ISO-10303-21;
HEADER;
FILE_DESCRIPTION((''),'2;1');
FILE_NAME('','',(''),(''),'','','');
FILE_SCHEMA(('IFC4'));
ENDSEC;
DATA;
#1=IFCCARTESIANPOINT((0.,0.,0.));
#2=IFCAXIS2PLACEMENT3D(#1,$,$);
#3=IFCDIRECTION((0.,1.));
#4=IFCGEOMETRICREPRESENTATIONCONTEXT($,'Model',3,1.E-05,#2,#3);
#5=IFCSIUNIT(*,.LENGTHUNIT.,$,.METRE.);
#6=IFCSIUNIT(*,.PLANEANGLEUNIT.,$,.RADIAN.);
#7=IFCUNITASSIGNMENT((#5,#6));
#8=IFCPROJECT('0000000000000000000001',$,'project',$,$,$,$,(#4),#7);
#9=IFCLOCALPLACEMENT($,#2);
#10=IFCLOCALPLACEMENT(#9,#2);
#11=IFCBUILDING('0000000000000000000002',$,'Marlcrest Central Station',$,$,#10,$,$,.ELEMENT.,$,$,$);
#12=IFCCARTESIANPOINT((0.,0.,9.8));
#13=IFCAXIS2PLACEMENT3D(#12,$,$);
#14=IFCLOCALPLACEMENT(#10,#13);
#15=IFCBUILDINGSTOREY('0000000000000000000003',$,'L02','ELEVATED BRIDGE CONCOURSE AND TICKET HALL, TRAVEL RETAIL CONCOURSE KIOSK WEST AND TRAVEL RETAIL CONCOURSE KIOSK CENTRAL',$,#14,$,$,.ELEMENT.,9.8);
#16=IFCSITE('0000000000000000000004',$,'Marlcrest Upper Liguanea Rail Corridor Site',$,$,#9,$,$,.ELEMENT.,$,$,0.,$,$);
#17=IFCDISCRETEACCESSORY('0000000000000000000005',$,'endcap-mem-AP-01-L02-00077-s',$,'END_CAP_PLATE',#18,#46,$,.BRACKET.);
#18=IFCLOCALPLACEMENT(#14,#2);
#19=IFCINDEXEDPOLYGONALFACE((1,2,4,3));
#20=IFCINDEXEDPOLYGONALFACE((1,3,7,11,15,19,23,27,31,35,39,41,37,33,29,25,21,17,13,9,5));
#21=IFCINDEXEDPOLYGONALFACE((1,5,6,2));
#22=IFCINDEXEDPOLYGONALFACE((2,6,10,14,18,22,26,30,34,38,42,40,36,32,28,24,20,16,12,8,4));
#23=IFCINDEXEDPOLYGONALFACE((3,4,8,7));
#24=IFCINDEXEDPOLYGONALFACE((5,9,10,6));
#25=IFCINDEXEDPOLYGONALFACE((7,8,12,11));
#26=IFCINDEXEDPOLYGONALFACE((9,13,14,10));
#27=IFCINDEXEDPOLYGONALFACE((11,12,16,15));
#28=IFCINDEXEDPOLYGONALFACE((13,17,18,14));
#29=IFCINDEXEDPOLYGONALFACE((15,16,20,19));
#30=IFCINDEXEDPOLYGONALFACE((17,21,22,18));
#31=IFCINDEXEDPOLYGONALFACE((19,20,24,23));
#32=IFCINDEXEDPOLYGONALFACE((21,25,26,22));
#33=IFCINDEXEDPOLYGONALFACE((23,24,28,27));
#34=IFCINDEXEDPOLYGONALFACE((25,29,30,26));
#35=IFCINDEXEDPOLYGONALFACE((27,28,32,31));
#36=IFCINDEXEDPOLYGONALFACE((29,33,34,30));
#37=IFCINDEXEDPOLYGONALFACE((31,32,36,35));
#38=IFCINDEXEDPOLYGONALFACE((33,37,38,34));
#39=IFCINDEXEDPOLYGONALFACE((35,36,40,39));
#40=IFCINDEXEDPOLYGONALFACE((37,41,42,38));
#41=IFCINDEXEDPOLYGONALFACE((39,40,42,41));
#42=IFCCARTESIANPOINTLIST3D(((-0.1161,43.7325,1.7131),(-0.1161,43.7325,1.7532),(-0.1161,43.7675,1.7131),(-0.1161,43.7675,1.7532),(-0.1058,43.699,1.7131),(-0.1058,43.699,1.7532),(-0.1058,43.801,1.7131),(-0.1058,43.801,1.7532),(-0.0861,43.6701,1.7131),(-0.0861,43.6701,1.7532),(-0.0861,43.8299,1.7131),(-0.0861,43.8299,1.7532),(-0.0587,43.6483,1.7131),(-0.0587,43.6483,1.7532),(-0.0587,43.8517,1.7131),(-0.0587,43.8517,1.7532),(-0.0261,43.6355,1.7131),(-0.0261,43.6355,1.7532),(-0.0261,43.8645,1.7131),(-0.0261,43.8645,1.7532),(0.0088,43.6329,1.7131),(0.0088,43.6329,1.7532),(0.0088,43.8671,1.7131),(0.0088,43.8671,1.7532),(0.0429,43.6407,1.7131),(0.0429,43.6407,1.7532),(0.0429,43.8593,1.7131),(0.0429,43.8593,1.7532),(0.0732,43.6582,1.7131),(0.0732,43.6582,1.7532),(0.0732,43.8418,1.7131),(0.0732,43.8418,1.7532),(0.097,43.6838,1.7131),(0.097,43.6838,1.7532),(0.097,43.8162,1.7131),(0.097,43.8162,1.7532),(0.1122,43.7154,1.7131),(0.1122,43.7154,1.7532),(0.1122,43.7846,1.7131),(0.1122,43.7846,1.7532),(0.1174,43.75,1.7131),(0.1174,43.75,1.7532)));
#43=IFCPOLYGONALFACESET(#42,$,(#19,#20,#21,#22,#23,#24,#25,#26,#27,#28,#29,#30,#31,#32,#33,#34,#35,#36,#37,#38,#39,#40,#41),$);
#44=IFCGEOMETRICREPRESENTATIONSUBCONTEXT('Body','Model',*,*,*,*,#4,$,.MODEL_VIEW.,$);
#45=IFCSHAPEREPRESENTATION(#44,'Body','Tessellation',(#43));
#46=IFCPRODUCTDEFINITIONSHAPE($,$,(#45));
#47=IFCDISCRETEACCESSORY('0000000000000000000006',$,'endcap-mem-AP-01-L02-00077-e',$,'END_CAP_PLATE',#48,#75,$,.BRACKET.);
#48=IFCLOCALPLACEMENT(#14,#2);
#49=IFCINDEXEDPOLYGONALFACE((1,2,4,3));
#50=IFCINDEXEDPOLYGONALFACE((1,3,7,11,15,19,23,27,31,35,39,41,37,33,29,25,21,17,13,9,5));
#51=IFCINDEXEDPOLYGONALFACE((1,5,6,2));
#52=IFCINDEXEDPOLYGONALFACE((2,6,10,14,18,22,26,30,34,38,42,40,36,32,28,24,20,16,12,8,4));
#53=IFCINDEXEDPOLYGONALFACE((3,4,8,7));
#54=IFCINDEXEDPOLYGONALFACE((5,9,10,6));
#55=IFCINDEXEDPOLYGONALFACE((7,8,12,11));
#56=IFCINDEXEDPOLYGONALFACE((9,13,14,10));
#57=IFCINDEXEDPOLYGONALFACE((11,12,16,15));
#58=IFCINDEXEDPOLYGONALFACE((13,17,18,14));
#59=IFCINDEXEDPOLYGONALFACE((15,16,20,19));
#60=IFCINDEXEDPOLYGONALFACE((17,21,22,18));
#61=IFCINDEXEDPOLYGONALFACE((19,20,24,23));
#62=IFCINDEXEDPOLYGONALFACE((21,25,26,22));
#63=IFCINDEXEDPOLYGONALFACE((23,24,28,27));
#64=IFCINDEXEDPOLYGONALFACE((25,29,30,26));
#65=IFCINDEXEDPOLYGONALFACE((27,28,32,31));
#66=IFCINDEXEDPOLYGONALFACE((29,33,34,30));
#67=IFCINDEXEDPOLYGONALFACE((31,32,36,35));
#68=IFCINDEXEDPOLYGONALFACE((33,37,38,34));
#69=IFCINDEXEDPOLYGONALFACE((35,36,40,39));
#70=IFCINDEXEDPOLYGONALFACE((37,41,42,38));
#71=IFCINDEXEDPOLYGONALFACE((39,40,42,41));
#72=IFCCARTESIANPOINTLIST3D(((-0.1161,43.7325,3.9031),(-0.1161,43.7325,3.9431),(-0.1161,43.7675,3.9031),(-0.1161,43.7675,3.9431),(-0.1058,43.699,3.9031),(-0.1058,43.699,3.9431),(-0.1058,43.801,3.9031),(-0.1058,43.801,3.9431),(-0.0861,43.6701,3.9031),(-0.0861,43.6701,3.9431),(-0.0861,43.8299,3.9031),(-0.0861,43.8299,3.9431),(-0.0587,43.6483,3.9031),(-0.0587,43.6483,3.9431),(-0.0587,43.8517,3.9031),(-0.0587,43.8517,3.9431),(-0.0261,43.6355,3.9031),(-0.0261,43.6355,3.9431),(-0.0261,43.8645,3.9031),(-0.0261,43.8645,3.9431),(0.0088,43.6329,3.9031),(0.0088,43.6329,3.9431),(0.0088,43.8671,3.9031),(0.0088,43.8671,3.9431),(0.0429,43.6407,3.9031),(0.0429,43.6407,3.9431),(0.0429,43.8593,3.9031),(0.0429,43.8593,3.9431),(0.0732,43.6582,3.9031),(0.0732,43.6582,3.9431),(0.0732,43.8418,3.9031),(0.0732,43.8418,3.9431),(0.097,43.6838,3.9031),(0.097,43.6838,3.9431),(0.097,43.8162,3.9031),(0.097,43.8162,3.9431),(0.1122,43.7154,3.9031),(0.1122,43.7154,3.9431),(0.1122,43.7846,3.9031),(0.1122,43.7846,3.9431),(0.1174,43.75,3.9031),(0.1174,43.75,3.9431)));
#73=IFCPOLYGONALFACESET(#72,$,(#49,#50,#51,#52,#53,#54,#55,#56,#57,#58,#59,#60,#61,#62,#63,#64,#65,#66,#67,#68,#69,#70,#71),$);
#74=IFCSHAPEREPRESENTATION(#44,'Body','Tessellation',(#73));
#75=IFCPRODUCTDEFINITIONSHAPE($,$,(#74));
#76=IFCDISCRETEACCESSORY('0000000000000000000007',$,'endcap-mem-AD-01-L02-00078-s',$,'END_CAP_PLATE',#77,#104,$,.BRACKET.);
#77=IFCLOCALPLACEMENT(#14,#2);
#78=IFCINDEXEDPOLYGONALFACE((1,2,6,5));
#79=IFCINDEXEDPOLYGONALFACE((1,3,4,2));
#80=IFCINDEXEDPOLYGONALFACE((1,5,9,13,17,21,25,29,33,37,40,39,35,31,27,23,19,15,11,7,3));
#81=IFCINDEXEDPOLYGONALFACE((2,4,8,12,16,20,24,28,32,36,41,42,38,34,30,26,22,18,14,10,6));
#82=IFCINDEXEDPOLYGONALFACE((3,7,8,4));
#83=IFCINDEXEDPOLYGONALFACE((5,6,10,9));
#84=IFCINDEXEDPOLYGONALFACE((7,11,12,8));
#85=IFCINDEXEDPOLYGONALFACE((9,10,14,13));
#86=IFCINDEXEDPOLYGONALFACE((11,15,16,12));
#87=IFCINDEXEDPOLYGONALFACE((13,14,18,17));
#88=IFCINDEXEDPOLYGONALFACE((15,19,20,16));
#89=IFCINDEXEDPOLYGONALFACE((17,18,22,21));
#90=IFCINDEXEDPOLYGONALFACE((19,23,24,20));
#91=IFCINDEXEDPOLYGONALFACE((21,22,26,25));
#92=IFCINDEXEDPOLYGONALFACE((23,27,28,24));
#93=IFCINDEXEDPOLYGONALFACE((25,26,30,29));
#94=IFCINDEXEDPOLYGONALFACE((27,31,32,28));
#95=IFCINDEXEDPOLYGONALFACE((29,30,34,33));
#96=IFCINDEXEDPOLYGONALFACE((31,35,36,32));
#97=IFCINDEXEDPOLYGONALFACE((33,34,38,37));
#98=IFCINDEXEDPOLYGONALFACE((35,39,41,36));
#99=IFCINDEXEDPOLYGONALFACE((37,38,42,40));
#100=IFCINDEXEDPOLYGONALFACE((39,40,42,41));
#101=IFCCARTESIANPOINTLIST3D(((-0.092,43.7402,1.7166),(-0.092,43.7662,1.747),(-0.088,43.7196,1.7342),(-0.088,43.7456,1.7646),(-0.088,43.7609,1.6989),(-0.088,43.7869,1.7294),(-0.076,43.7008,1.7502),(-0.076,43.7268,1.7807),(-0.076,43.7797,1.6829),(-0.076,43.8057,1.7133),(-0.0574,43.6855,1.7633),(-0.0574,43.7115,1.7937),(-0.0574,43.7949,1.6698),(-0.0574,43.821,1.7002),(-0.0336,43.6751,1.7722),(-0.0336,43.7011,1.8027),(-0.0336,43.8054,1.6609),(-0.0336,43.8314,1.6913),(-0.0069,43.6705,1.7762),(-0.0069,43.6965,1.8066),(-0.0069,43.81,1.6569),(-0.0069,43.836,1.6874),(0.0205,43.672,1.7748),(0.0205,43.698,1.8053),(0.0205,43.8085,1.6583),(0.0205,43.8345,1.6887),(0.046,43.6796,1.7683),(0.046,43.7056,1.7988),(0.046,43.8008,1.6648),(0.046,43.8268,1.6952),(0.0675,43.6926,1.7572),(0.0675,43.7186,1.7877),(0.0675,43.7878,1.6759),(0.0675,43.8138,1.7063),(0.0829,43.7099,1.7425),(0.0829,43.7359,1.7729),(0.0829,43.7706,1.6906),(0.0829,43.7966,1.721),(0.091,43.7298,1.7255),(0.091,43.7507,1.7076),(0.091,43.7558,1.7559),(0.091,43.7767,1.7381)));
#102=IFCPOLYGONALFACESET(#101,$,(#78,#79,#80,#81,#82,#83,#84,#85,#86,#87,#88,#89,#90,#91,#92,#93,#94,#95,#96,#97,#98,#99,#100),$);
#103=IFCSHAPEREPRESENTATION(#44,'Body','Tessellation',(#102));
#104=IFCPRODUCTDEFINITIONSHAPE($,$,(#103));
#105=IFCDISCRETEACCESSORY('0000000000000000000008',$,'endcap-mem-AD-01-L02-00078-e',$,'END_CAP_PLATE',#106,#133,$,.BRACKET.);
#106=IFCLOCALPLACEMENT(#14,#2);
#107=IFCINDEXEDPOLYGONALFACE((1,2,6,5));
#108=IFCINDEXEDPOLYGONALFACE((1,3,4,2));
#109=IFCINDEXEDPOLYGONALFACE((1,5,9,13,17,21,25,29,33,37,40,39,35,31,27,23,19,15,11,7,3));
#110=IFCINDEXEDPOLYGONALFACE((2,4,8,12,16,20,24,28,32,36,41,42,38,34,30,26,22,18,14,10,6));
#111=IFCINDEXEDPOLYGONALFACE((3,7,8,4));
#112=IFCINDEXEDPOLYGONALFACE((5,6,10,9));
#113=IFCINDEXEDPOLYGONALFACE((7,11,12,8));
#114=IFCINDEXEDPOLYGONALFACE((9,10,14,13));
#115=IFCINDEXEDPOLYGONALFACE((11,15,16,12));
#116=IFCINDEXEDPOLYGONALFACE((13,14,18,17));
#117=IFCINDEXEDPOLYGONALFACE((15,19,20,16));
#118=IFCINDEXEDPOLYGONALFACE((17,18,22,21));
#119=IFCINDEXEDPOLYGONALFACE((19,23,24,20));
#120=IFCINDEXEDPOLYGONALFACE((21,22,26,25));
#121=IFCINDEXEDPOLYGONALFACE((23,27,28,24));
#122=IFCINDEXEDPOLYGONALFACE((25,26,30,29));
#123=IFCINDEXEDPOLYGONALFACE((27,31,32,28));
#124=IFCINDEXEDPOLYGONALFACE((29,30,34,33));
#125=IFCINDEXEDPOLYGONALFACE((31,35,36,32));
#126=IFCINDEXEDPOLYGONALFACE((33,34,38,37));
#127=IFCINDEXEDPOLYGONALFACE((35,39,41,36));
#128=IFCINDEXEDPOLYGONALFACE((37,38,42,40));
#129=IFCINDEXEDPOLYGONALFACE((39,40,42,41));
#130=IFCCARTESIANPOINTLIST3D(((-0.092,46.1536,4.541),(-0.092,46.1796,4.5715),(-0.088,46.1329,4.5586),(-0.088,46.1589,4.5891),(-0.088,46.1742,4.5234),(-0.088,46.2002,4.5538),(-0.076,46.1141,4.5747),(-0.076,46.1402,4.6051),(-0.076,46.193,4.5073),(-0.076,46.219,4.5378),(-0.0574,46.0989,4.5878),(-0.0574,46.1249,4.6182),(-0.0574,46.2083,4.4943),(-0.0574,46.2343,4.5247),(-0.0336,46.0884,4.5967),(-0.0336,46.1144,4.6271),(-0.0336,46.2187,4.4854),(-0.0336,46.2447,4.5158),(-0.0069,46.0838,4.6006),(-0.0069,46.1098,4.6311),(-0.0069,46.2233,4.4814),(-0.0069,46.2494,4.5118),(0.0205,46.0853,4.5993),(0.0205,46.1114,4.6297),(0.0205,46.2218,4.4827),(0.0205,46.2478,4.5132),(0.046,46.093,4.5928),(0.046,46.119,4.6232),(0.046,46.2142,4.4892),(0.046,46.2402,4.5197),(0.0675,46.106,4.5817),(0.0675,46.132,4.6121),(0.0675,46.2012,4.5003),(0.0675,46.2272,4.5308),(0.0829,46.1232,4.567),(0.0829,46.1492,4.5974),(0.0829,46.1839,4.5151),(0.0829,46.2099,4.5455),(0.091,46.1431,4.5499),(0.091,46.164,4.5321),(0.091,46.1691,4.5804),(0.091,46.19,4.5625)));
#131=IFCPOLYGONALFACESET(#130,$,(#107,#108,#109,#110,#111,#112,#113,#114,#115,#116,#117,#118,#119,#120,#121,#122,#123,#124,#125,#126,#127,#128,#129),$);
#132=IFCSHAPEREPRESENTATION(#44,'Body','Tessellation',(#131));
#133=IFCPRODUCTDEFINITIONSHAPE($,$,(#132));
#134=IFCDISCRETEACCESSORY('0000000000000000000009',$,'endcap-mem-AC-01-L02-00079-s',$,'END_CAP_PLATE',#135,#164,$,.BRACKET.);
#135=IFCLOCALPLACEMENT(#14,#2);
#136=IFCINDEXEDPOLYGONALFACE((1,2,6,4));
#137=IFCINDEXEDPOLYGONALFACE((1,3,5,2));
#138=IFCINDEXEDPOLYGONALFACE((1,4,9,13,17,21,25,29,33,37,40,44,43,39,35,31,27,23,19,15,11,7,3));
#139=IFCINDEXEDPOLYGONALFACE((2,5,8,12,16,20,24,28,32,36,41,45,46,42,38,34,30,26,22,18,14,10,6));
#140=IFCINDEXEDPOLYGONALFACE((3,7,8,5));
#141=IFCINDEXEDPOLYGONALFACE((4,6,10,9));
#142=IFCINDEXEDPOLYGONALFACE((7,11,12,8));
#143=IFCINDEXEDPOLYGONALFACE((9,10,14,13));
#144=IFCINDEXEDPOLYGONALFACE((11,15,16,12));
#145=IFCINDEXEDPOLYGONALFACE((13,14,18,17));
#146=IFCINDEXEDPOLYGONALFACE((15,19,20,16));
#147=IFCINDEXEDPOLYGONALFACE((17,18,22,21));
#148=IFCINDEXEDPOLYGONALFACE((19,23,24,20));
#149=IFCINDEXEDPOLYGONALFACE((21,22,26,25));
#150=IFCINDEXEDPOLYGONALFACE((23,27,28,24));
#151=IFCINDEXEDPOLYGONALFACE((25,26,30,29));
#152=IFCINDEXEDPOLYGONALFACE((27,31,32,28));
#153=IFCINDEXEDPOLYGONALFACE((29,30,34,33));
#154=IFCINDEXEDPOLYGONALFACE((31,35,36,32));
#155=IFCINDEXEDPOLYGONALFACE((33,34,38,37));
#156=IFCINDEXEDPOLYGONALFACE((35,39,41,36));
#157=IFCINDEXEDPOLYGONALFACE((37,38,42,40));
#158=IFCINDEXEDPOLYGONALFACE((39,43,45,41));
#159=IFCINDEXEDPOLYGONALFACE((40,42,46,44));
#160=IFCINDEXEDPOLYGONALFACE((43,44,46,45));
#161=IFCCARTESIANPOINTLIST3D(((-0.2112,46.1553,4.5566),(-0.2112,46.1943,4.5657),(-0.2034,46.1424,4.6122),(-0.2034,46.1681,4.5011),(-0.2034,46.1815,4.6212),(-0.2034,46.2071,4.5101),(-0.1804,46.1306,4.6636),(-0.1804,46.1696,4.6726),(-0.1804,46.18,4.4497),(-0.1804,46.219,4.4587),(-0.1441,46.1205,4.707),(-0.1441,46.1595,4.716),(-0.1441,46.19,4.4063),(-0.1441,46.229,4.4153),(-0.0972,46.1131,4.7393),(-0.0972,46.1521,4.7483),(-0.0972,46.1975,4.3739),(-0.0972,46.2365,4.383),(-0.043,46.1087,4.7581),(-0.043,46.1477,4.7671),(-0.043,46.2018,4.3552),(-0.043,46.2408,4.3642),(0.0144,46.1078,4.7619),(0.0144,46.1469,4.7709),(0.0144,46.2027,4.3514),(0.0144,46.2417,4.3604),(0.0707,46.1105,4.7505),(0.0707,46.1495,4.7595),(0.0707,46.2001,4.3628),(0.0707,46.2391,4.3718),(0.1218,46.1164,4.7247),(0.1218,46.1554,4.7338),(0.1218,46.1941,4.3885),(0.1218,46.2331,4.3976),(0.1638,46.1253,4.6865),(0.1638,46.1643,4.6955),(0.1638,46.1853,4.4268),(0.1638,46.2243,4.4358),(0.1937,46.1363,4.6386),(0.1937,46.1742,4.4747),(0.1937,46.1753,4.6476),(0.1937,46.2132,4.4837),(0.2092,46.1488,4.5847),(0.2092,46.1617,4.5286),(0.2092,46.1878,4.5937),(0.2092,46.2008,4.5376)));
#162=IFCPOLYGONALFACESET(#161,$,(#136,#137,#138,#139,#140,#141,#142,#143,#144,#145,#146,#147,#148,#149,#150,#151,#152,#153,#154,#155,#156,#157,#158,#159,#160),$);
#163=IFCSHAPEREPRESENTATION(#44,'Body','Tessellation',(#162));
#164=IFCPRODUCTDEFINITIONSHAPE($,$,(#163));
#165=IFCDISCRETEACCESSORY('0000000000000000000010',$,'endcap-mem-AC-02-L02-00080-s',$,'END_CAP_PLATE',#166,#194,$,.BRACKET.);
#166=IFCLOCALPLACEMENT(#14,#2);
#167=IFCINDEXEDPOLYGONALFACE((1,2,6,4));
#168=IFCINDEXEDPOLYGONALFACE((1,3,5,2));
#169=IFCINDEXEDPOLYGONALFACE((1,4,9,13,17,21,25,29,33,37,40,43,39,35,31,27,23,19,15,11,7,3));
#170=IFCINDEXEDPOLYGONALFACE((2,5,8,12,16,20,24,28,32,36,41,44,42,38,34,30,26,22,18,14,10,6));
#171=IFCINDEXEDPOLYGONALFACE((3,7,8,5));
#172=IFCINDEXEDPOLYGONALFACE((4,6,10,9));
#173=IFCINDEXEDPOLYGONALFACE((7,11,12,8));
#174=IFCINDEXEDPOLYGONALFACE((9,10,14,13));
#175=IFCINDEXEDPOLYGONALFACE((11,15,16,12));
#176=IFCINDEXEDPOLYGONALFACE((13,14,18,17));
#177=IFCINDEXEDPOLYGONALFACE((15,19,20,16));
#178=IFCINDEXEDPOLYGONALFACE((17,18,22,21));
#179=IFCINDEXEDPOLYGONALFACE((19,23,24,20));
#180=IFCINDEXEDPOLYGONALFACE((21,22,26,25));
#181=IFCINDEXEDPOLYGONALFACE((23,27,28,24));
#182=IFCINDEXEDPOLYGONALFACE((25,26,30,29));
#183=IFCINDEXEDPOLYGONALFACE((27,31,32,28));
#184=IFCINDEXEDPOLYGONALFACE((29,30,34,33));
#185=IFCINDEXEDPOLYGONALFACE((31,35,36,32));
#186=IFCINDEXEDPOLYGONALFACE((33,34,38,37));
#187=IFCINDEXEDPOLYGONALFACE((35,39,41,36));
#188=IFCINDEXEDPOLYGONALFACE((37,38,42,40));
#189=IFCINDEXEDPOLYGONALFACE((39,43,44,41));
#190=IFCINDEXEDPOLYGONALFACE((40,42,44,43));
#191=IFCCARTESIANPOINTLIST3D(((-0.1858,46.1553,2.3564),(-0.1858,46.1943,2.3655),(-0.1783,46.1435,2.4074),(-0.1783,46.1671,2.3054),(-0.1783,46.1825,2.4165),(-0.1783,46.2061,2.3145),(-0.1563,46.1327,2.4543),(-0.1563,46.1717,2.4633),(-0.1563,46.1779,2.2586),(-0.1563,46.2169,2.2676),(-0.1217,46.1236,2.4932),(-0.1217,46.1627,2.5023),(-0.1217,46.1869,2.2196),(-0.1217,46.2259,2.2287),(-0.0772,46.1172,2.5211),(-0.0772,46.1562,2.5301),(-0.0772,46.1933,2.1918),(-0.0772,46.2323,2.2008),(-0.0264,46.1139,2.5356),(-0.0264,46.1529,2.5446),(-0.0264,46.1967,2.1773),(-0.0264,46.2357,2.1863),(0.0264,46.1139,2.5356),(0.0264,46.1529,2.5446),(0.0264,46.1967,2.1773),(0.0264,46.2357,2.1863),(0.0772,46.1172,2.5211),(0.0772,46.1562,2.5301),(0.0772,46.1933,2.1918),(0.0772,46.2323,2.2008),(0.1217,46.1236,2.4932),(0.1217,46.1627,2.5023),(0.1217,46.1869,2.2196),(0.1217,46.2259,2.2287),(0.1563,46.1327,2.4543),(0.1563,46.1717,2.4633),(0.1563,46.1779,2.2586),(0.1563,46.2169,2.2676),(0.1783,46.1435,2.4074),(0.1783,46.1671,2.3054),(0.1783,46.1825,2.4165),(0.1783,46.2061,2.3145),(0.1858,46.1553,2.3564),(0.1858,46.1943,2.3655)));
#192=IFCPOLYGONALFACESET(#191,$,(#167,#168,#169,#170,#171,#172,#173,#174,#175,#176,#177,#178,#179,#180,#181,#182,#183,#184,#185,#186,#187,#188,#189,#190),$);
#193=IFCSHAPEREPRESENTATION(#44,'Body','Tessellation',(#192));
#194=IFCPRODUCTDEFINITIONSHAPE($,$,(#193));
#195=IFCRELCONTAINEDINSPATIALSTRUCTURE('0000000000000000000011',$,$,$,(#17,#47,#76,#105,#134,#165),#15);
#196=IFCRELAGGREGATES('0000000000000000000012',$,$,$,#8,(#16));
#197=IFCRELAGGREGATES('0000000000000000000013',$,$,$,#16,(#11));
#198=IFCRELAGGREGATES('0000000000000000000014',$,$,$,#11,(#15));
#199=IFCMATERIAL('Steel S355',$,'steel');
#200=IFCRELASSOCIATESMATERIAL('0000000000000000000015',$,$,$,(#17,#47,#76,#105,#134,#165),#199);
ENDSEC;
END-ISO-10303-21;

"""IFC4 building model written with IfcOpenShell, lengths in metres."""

from ifc_helpers import new_model, si_unit, direction, frame, origin, origin_2d, place, context, subcontext, project, spatial, circle, extrude, material, element, save


model = new_model("IFC4")

# Units and contexts
model_context = context("Model", 3, precision=1e-05, world=origin(), true_north=direction((0.0, 1.0)))
body_context = subcontext(model_context, "Body", "Model", "MODEL_VIEW")
ifc_project = project(units=[si_unit("LENGTHUNIT", "METRE"), si_unit("PLANEANGLEUNIT", "RADIAN")], contexts=[model_context])

# Site, building, storey
site_placement = place(None, origin())
site = spatial("IfcSite", under=ifc_project, at=site_placement, Name="Marlcrest Upper Liguanea Rail Corridor Site", CompositionType="ELEMENT", RefElevation=0.0)
building_placement = place(site_placement, origin())
building = spatial("IfcBuilding", under=site, at=building_placement, Name="Marlcrest Central Station", CompositionType="ELEMENT")
storey_placement = place(building_placement, frame((0.0, 0.0, 9.8)))
storey = spatial("IfcBuildingStorey", under=building, at=storey_placement, Name="L02", Description="ELEVATED BRIDGE CONCOURSE AND TICKET HALL, TRAVEL RETAIL CONCOURSE KIOSK WEST AND TRAVEL RETAIL CONCOURSE KIOSK CENTRAL", CompositionType="ELEMENT", Elevation=9.8)

# Shared definitions
ifc_material = material(Name="Steel S355", Category="steel")

# Discrete accessories
for number, where, z_axis, x_axis, name in (
    (1, (0.0, 43.75, 1.7131), (0.0, 0.0, 1.0), (1.0, 0.0, 0.0), "endcap-mem-AP-01-L02-00077-s"),
    (2, (0.0, 43.75, 3.9031), (0.0, 0.0, 1.0), (1.0, 0.0, 0.0), "endcap-mem-AP-01-L02-00077-e"),
):
    element("IfcDiscreteAccessory", number, at=place(storey_placement, frame(where, z_axis=z_axis, x_axis=x_axis)), inside=storey, material=ifc_material, Name=name, ObjectType="END_CAP_PLATE", PredefinedType="BRACKET", context=body_context, shape_type="SweptSolid", body=[
        extrude(circle(Radius=0.1174, at=origin_2d()), origin(), (0.0, 0.0, 1.0), 0.04),
    ])
for number, where, z_axis, x_axis, name in (
    (3, (0.0, 43.7402, 1.7166), (0.0, 0.649625, 0.760255), (-1.0, 0.0, 0.0), "endcap-mem-AD-01-L02-00078-s"),
    (4, (0.0, 46.1536, 4.541), (0.0, 0.649625, 0.760255), (-1.0, 0.0, 0.0), "endcap-mem-AD-01-L02-00078-e"),
):
    element("IfcDiscreteAccessory", number, at=place(storey_placement, frame(where, z_axis=z_axis, x_axis=x_axis)), inside=storey, material=ifc_material, Name=name, ObjectType="END_CAP_PLATE", PredefinedType="BRACKET", context=body_context, shape_type="SweptSolid", body=[
        extrude(circle(Radius=0.092, at=origin_2d()), origin(), (0.0, 0.0, 1.0), 0.04),
    ])
discrete_accessory_1_placement = place(storey_placement, frame((0.0, 46.1553, 4.5566), z_axis=(0.0, 0.97433, 0.225126), x_axis=(-1.0, 0.0, 0.0)))
element("IfcDiscreteAccessory", 5, at=discrete_accessory_1_placement, inside=storey, material=ifc_material, Name="endcap-mem-AC-01-L02-00079-s", ObjectType="END_CAP_PLATE", PredefinedType="BRACKET", context=body_context, shape_type="SweptSolid", body=[
    extrude(circle(Radius=0.2112, at=origin_2d()), origin(), (0.0, 0.0, 1.0), 0.04),
])
discrete_accessory_2_placement = place(storey_placement, frame((0.0, 46.1553, 2.3564), z_axis=(0.0, 0.974308, 0.22522), x_axis=(-1.0, 0.0, 0.0)))
element("IfcDiscreteAccessory", 6, at=discrete_accessory_2_placement, inside=storey, material=ifc_material, Name="endcap-mem-AC-02-L02-00080-s", ObjectType="END_CAP_PLATE", PredefinedType="BRACKET", context=body_context, shape_type="SweptSolid", body=[
    extrude(circle(Radius=0.1858, at=origin_2d()), origin(), (0.0, 0.0, 1.0), 0.04),
])

save(model, "model.ifc")
